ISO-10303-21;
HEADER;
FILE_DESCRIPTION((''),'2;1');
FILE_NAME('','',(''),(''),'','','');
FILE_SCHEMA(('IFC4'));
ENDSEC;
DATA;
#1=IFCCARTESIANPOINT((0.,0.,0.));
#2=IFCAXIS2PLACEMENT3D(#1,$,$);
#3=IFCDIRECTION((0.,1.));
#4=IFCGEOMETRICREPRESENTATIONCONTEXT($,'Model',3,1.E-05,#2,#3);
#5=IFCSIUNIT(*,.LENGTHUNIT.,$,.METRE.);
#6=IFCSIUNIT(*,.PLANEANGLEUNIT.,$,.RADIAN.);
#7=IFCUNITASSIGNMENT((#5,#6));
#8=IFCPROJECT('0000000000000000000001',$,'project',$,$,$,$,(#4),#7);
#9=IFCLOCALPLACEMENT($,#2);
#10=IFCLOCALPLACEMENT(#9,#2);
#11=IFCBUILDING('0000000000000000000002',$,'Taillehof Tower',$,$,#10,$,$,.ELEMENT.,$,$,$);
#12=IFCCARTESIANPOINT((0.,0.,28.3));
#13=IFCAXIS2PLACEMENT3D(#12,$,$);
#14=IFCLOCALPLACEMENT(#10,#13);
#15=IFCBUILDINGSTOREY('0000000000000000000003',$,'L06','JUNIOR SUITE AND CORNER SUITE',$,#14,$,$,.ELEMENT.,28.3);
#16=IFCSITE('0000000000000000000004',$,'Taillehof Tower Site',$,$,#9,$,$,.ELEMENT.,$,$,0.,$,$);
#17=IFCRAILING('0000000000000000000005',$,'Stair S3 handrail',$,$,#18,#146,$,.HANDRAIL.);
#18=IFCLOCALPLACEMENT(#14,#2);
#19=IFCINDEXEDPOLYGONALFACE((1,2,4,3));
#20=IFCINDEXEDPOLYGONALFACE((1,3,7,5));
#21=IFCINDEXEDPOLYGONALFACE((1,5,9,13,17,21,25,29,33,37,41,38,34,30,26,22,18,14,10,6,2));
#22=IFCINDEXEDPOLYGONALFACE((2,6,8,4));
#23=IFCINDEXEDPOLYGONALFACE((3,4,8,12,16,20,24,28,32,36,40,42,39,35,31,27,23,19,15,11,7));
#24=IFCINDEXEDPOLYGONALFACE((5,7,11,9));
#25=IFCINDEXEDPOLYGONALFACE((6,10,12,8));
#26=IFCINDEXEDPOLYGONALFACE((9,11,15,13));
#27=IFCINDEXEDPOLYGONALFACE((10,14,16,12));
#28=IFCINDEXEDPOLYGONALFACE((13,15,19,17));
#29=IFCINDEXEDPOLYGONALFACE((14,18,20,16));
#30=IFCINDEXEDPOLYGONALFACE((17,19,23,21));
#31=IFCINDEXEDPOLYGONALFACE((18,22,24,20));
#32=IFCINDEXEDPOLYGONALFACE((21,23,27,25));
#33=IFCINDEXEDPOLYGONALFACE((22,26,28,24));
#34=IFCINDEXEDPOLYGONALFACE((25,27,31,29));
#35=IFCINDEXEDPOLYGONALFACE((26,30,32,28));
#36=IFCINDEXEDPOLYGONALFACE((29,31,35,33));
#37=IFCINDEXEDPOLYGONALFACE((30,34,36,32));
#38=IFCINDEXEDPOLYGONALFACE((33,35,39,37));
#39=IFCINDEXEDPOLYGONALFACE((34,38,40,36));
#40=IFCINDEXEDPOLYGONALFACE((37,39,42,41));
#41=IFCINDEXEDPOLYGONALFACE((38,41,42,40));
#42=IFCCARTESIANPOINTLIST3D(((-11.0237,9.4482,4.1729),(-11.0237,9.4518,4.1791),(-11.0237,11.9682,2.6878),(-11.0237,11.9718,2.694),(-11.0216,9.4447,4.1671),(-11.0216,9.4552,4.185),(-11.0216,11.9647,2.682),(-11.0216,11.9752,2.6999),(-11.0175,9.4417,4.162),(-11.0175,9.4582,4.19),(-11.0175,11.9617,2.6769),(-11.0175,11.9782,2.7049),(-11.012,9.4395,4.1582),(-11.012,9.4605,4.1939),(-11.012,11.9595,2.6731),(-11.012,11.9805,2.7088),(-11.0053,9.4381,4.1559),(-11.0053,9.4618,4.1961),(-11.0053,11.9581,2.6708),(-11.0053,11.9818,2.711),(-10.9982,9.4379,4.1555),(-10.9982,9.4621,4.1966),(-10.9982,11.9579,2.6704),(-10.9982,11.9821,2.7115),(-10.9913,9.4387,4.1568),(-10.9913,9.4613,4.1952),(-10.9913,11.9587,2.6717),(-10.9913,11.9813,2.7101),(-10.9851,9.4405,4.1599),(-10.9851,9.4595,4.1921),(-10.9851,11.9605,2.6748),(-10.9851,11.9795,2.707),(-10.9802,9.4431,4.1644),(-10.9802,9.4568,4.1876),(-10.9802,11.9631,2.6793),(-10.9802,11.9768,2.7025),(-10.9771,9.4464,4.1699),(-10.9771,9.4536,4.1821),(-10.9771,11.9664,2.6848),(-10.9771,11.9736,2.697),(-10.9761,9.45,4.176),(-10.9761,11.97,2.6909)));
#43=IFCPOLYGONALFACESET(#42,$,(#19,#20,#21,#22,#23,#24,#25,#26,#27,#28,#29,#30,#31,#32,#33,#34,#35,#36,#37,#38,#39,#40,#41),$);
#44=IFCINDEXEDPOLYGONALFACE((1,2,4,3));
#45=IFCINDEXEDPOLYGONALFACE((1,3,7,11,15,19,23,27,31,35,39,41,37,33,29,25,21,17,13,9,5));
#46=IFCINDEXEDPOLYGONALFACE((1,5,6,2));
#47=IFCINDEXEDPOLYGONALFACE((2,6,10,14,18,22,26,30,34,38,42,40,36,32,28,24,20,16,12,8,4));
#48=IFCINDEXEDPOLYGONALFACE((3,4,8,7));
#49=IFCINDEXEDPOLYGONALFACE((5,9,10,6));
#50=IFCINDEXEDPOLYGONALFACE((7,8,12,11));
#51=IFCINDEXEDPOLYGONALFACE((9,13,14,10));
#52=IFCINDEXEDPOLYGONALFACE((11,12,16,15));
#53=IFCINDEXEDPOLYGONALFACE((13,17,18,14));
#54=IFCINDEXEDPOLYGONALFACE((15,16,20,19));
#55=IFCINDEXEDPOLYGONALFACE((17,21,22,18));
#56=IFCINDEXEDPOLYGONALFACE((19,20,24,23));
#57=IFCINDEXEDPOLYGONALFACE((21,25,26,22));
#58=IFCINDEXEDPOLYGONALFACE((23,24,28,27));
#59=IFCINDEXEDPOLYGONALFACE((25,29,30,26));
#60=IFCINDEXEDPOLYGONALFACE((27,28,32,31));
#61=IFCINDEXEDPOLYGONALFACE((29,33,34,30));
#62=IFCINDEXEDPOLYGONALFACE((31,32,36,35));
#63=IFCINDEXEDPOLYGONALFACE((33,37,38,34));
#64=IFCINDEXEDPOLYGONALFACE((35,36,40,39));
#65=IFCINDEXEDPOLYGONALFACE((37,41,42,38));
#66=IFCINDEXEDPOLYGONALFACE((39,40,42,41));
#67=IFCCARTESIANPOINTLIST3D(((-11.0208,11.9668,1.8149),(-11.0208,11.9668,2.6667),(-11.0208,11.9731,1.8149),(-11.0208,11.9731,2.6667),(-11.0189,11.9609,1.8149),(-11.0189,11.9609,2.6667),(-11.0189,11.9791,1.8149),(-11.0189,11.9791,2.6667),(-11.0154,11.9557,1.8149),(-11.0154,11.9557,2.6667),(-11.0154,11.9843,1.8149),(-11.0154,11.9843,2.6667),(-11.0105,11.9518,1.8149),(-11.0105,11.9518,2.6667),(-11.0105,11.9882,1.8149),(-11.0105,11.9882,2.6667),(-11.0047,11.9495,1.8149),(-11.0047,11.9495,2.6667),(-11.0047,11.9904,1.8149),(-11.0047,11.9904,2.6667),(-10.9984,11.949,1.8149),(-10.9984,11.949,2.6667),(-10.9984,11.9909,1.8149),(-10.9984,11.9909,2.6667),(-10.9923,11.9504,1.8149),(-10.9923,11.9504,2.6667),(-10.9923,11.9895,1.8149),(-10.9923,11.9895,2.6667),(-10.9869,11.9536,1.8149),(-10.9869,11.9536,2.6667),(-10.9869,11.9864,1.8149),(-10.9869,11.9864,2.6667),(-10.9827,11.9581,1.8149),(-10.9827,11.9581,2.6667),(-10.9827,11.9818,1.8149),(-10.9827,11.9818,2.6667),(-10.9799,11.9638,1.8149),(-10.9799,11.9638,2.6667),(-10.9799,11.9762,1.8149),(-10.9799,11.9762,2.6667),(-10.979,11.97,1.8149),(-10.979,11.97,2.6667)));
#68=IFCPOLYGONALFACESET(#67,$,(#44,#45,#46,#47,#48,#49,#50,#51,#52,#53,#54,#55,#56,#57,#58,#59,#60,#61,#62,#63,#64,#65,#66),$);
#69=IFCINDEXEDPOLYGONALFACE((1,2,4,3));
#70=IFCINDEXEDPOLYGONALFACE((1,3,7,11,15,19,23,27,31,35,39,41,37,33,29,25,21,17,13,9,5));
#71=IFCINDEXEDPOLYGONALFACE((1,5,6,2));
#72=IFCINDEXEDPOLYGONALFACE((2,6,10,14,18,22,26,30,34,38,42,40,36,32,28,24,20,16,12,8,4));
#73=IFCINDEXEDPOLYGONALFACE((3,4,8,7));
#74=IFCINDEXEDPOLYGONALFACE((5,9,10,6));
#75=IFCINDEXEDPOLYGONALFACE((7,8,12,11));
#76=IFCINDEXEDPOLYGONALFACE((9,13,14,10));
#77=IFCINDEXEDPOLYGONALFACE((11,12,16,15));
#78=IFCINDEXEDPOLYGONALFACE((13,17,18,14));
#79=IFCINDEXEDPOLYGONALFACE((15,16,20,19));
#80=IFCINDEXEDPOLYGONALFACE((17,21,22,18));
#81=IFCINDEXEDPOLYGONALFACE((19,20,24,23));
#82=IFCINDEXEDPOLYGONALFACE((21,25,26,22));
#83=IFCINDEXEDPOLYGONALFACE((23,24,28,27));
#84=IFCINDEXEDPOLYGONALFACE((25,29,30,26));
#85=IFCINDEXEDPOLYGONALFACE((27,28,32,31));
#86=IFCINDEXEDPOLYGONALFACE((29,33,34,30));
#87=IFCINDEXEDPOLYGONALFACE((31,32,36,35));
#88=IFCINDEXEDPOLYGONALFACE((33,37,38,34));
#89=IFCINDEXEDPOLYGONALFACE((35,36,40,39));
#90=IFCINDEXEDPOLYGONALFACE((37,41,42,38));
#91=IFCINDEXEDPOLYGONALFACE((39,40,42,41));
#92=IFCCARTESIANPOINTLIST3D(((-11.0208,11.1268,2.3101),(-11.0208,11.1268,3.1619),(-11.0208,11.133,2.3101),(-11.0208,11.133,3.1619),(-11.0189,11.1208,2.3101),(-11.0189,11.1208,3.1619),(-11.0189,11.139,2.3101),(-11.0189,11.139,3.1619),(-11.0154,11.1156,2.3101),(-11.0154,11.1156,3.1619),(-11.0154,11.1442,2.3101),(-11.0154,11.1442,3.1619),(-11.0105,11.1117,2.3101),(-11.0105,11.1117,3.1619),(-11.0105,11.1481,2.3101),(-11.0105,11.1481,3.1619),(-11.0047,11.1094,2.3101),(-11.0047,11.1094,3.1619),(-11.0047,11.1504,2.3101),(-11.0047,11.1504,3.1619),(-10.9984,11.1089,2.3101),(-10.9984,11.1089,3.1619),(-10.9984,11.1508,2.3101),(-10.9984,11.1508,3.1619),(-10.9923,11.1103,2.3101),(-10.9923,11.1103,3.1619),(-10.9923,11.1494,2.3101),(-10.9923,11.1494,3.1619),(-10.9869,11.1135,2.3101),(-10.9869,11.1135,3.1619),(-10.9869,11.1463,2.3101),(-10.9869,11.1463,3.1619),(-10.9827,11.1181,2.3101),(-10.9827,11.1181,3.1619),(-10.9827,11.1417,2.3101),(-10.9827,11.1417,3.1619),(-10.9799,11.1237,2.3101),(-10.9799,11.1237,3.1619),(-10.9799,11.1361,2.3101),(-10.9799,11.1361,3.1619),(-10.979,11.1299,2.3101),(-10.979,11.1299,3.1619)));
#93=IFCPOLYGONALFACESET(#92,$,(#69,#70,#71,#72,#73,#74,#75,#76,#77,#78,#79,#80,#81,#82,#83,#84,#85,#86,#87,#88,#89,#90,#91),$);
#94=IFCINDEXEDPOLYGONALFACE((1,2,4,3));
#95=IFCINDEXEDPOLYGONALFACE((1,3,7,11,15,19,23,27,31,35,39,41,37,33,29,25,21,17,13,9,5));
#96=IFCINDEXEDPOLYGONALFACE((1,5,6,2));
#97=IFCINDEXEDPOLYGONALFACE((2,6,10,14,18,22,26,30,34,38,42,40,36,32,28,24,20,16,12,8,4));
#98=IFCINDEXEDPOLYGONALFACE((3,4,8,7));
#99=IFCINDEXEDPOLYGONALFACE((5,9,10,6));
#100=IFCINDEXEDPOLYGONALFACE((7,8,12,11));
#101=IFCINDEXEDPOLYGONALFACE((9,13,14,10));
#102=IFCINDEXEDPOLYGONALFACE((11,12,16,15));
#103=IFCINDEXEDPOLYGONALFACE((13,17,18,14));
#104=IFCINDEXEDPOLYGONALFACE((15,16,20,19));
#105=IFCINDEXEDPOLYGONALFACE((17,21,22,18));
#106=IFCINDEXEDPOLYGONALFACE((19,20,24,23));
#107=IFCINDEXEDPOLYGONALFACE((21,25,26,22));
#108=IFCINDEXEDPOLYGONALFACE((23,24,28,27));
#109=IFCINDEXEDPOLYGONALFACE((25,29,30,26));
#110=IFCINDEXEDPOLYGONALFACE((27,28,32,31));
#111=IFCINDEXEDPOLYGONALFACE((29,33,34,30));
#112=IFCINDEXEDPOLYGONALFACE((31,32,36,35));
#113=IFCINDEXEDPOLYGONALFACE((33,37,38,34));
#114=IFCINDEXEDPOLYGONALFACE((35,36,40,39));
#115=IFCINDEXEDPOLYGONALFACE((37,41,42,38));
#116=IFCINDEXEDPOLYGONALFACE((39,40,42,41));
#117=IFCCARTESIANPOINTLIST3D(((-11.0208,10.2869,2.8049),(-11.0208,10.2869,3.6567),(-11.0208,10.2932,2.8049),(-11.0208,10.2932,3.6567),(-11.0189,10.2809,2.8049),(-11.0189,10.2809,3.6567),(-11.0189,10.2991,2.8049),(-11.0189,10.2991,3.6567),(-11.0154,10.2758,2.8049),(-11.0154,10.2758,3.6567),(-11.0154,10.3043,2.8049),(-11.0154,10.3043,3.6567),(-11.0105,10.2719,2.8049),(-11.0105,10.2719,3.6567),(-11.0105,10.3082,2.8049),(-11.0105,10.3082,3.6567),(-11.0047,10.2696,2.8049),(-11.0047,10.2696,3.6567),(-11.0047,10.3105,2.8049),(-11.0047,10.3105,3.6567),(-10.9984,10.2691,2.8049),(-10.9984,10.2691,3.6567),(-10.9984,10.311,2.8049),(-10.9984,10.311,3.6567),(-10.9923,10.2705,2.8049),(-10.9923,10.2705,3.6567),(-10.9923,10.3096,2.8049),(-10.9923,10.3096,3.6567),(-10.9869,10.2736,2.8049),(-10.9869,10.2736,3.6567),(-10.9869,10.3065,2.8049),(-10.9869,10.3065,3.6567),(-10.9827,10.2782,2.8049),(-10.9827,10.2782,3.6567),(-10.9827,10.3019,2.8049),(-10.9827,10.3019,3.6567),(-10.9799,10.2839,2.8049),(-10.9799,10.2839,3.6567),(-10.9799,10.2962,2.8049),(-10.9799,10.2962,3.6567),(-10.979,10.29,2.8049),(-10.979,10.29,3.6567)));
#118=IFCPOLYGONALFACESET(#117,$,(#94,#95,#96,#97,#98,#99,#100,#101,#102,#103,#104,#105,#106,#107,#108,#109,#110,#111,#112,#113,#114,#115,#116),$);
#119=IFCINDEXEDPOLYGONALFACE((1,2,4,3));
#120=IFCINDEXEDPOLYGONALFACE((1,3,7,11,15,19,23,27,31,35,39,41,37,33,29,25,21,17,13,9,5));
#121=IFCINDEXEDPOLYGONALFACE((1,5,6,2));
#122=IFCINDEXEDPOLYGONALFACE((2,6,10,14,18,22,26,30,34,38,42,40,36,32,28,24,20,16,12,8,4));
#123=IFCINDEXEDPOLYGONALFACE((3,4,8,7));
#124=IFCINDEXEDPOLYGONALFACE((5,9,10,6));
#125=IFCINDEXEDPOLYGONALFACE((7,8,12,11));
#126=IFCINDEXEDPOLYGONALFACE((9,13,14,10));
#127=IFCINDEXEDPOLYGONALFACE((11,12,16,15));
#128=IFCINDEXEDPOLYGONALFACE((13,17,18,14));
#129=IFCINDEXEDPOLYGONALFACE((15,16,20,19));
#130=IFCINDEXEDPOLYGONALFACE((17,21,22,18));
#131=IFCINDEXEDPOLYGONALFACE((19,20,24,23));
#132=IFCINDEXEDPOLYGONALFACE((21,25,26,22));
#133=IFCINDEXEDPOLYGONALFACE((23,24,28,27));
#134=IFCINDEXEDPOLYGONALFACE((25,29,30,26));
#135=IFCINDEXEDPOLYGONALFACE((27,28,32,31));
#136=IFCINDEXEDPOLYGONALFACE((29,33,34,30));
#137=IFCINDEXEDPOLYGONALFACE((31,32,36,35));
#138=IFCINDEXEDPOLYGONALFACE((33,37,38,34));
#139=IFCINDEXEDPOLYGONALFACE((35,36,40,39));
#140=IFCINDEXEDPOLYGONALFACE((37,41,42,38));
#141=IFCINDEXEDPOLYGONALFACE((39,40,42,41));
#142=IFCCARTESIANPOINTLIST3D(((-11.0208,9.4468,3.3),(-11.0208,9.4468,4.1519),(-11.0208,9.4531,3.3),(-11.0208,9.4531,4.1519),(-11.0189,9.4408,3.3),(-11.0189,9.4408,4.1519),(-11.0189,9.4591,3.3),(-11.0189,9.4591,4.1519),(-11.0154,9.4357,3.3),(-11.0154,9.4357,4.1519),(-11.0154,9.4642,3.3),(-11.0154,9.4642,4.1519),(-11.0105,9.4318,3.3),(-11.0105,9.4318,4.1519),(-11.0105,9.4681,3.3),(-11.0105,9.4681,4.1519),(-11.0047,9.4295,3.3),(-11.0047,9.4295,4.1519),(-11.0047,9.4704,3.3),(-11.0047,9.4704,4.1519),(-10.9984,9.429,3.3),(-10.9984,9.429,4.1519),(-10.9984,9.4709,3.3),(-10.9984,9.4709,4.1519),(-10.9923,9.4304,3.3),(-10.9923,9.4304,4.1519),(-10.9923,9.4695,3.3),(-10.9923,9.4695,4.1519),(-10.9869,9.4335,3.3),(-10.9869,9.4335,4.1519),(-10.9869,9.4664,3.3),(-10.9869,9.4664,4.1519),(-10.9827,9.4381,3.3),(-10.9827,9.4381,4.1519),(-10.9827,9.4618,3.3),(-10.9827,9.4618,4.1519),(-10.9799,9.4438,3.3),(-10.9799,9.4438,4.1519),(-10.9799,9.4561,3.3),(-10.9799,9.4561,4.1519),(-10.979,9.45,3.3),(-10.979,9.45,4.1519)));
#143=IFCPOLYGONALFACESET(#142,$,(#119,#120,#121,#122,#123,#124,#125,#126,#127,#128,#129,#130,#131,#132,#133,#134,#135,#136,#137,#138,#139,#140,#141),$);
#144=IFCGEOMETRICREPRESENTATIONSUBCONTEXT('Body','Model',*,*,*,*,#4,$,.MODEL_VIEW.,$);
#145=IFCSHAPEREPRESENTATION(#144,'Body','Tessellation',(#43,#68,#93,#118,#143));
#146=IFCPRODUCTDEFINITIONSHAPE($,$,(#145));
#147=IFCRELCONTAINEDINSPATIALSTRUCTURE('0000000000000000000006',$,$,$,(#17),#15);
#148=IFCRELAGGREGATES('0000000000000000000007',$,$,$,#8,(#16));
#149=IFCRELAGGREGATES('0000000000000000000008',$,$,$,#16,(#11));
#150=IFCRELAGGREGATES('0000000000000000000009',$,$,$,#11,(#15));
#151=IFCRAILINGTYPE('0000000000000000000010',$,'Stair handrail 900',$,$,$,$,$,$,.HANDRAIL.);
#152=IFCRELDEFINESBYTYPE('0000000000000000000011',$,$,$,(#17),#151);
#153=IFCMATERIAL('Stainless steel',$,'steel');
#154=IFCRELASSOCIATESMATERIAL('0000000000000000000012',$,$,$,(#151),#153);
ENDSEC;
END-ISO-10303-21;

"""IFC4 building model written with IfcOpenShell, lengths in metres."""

from ifc_helpers import new_model, si_unit, direction, frame, origin, origin_2d, place, context, subcontext, project, spatial, circle, extrude, material, type_object, element, save


model = new_model("IFC4")

# Units and contexts
model_context = context("Model", 3, precision=1e-05, world=origin(), true_north=direction((0.0, 1.0)))
body_context = subcontext(model_context, "Body", "Model", "MODEL_VIEW")
ifc_project = project(units=[si_unit("LENGTHUNIT", "METRE"), si_unit("PLANEANGLEUNIT", "RADIAN")], contexts=[model_context])

# Site, building, storey
site_placement = place(None, origin())
site = spatial("IfcSite", under=ifc_project, at=site_placement, Name="Taillehof Tower Site", CompositionType="ELEMENT", RefElevation=0.0)
building_placement = place(site_placement, origin())
building = spatial("IfcBuilding", under=site, at=building_placement, Name="Taillehof Tower", CompositionType="ELEMENT")
storey_placement = place(building_placement, frame((0.0, 0.0, 28.3)))
storey = spatial("IfcBuildingStorey", under=building, at=storey_placement, Name="L06", Description="JUNIOR SUITE AND CORNER SUITE", CompositionType="ELEMENT", Elevation=28.3)

# Railing
ifc_material_1 = material(Name="Stainless steel", Category="steel")
railing_type = type_object("IfcRailingType", Name="Stair handrail 900", PredefinedType="HANDRAIL", material=ifc_material_1)
railing_placement = place(storey_placement, frame((-11.0, 11.97, 1.8149)))
element("IfcRailing", 1, at=railing_placement, inside=storey, type_object=railing_type, Name="Stair S3 handrail", PredefinedType="HANDRAIL", context=body_context, shape_type="SweptSolid", body=[
    extrude(circle(Radius=0.0239, at=origin_2d()), frame((0.0, 0.0, 0.876), z_axis=(0.0, -0.861524, 0.507717), x_axis=(1.0, 0.0, 0.0)), (0.0, 0.0, 1.0), 2.925),
    extrude(circle(Radius=0.021, at=origin_2d()), origin(), (0.0, 0.0, 1.0), 0.8518),
    extrude(circle(Radius=0.021, at=origin_2d()), frame((0.0, -0.8401, 0.4951)), (0.0, 0.0, 1.0), 0.8518),
    extrude(circle(Radius=0.021, at=origin_2d()), frame((0.0, -1.6799, 0.99)), (0.0, 0.0, 1.0), 0.8518),
    extrude(circle(Radius=0.021, at=origin_2d()), frame((0.0, -2.52, 1.4851)), (0.0, 0.0, 1.0), 0.8518),
])

save(model, "model.ifc")
